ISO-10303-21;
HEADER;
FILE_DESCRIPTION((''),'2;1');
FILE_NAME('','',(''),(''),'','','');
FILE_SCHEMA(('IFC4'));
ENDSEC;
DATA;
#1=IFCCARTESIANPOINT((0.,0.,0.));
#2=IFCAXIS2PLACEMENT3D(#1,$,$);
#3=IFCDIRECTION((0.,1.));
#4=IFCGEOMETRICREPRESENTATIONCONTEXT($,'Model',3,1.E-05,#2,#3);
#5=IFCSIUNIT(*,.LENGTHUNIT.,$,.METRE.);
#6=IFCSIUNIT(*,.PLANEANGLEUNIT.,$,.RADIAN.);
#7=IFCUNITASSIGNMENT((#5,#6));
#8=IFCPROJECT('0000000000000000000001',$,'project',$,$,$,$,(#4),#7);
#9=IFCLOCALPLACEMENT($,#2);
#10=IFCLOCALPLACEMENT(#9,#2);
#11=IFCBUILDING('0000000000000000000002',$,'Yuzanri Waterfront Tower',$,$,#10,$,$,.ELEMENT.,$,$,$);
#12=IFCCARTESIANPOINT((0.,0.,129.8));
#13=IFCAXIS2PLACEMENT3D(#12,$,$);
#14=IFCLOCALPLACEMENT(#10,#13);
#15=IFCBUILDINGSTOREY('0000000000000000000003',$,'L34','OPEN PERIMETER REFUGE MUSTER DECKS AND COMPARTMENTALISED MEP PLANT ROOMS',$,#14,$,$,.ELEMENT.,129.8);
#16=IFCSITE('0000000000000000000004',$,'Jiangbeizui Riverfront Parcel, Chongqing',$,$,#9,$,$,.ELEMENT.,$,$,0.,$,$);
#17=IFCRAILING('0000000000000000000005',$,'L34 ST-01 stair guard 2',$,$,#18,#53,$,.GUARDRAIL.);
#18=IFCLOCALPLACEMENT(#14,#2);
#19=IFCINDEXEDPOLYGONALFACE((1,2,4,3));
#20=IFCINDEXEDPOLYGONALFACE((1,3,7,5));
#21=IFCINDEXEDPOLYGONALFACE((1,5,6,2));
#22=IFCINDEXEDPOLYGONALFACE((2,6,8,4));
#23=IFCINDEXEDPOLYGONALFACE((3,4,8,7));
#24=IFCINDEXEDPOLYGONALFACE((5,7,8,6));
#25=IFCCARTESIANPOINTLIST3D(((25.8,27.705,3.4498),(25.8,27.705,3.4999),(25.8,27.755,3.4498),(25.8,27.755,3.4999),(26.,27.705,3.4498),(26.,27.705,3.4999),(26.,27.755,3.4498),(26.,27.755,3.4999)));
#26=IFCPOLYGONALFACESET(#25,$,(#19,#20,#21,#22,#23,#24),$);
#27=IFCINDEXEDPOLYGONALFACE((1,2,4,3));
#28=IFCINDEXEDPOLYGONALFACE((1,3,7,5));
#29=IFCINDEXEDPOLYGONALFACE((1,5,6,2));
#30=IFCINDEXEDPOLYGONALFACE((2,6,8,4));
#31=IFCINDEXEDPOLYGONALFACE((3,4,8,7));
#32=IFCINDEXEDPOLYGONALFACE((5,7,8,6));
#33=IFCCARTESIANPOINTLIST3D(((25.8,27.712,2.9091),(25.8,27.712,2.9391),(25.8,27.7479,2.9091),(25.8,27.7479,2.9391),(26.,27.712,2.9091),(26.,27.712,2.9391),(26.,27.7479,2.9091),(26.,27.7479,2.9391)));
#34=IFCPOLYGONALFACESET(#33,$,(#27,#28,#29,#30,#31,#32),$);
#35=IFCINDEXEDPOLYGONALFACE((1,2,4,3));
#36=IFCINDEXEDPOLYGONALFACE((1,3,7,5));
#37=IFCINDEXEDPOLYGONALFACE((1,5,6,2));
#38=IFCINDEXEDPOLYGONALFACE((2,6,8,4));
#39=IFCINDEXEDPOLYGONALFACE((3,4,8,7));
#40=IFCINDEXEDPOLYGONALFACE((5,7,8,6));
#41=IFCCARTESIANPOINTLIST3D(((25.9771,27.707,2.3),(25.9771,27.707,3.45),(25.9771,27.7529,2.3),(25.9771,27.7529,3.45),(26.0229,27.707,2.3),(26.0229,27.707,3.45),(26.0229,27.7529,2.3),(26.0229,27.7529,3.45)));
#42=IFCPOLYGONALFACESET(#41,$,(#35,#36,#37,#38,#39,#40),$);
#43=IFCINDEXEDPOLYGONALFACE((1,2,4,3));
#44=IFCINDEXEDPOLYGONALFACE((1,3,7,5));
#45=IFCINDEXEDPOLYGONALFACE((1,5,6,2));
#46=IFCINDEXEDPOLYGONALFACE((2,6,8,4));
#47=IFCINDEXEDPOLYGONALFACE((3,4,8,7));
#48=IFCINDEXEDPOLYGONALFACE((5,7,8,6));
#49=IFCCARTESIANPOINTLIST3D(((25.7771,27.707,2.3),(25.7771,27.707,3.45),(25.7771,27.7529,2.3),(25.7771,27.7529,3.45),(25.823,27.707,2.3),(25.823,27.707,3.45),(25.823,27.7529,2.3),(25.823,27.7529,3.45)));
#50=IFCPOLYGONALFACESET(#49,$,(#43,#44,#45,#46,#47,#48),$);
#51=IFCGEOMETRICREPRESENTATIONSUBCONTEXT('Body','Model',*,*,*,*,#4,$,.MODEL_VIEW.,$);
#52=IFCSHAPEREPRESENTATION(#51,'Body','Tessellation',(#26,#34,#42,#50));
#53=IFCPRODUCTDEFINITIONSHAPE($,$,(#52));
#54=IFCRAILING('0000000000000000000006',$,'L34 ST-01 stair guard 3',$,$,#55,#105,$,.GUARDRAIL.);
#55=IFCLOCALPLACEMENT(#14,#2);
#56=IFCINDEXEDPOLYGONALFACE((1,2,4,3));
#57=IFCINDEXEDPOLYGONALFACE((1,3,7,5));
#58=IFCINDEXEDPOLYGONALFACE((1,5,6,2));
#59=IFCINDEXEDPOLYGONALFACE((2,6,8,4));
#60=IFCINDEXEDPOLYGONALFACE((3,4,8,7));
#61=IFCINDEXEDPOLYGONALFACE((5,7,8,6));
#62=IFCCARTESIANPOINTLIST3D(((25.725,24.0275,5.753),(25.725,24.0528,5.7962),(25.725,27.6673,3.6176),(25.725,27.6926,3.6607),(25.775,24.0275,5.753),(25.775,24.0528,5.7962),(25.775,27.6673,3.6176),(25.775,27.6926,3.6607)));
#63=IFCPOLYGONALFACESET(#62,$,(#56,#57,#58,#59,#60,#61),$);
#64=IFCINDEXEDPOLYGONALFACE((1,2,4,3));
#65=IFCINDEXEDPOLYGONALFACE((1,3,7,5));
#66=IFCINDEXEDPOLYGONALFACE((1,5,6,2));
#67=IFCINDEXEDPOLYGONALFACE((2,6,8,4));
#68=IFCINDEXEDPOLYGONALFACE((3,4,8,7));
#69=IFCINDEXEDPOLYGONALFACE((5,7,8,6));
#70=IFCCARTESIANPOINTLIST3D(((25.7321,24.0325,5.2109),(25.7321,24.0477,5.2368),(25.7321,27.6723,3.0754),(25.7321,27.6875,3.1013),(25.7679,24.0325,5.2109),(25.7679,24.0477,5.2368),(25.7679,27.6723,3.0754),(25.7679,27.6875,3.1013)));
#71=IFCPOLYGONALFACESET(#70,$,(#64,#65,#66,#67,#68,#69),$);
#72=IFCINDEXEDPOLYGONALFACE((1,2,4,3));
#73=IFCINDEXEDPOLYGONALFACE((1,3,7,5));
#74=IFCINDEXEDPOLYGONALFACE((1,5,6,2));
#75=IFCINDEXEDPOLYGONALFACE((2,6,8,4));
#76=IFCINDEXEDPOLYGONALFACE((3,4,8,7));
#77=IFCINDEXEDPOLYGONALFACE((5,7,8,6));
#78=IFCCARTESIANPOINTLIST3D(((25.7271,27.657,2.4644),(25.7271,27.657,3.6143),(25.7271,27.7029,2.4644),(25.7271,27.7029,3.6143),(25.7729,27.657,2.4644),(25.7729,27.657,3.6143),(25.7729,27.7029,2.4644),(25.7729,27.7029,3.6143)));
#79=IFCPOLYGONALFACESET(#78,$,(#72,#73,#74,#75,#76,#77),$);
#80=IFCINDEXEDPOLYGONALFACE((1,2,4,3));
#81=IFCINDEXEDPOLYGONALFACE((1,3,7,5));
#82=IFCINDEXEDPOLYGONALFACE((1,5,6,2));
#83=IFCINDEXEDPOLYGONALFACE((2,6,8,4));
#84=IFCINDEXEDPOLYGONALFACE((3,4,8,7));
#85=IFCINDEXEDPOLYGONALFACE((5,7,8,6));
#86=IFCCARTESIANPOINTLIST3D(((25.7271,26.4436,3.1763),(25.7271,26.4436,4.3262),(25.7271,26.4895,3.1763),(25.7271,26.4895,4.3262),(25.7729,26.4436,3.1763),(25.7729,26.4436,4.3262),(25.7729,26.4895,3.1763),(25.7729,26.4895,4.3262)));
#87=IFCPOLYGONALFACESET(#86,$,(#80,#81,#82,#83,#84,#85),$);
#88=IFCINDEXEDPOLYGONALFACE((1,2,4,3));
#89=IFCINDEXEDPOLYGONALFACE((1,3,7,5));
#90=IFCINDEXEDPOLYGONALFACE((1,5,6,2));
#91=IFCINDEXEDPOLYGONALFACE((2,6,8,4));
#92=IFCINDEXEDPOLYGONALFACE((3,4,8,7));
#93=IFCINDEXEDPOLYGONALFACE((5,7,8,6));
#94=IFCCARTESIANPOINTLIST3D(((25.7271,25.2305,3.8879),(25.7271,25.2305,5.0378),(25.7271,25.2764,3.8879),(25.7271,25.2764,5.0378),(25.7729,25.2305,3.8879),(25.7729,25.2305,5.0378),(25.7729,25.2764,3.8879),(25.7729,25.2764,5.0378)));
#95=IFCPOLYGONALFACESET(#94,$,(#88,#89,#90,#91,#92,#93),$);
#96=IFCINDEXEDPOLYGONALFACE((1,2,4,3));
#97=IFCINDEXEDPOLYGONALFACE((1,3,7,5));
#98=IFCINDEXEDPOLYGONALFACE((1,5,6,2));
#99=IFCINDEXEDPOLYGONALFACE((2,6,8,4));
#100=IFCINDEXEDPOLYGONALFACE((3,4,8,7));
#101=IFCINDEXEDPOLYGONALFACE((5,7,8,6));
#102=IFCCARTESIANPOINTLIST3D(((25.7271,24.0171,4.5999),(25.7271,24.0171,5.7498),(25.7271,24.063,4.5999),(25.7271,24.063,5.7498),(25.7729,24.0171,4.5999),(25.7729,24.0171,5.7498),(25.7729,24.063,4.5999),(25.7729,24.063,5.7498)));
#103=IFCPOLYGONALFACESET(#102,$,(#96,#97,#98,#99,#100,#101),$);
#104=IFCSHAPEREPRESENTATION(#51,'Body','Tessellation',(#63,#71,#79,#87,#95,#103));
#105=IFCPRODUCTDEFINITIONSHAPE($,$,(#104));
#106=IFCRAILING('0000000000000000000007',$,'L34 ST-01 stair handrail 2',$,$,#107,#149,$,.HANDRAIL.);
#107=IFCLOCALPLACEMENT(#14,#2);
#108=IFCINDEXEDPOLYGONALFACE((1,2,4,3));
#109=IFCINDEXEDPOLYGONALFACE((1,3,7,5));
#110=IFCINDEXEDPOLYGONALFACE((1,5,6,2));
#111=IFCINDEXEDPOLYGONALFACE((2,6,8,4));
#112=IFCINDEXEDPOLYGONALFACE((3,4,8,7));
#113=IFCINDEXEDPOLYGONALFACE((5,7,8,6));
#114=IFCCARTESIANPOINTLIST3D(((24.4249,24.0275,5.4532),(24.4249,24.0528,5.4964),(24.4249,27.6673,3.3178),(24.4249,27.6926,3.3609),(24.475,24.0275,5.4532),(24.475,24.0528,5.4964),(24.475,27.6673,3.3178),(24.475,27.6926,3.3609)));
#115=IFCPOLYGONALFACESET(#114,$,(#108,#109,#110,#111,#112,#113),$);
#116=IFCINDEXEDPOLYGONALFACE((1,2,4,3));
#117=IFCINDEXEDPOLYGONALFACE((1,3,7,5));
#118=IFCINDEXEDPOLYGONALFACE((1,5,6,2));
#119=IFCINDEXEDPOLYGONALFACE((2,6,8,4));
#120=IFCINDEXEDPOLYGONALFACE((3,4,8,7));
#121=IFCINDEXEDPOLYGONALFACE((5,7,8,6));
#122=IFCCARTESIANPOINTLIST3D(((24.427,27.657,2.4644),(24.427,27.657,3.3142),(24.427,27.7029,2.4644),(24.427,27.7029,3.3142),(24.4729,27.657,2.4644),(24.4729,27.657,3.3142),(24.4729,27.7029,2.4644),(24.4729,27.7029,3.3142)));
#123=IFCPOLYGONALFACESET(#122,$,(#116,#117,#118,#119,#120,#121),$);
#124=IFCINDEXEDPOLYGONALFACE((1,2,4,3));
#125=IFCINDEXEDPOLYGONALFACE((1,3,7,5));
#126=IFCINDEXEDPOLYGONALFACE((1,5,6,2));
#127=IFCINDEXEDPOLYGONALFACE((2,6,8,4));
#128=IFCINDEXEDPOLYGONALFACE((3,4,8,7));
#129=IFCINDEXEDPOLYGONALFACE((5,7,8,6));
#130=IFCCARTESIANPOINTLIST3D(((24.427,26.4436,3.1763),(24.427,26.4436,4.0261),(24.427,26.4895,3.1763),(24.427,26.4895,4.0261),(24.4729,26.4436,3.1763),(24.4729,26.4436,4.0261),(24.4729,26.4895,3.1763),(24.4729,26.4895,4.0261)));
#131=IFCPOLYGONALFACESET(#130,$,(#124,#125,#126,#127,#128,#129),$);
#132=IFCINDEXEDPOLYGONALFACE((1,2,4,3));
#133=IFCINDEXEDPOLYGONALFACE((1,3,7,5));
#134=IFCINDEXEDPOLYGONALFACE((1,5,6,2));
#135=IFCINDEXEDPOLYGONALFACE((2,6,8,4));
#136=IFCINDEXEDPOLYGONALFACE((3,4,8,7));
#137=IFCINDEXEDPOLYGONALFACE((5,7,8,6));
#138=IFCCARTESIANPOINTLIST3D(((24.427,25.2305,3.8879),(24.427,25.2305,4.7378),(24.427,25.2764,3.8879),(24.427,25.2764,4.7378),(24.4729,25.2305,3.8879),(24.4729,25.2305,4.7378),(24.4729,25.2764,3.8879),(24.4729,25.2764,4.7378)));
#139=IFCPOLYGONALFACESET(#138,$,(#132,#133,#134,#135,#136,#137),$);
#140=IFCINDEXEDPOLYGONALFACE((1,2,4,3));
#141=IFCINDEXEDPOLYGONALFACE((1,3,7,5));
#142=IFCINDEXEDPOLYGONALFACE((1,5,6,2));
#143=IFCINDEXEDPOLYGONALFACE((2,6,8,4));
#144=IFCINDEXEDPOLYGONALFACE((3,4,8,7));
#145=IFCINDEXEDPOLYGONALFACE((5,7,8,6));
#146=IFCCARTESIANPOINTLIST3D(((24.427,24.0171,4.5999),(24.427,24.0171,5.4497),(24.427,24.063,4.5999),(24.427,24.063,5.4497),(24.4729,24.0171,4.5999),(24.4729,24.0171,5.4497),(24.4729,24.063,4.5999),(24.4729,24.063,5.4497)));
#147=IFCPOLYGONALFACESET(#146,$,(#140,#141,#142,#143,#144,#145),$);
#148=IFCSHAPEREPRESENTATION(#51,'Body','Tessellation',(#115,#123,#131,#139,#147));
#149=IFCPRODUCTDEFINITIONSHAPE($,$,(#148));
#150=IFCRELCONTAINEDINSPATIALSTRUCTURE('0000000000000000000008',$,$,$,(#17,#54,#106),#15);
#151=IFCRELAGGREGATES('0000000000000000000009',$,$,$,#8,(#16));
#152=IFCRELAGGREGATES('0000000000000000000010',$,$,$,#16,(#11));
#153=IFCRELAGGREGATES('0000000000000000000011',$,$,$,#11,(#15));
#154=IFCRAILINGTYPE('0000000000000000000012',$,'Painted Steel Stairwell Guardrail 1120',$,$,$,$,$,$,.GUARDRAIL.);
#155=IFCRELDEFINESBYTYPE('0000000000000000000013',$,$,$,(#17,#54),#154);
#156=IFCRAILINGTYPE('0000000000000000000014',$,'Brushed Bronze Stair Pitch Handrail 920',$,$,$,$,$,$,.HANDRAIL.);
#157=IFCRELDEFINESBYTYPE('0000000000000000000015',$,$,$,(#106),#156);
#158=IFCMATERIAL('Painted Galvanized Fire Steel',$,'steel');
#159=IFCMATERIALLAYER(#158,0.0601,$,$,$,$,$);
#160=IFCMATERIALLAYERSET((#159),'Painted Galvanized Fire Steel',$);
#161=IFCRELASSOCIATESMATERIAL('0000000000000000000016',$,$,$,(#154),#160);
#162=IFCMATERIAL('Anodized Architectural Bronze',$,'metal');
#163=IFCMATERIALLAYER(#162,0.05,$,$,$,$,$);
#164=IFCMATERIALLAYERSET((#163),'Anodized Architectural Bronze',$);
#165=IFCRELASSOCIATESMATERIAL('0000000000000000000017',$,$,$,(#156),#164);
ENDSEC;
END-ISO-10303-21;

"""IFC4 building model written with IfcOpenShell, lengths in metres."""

from ifc_helpers import new_model, si_unit, direction, frame, origin, origin_2d, place, context, subcontext, project, spatial, rectangle, extrude, source, transform, mapped, material, layer, layer_set, type_object, element, save


model = new_model("IFC4")

# Units and contexts
model_context = context("Model", 3, precision=1e-05, world=origin(), true_north=direction((0.0, 1.0)))
body_context = subcontext(model_context, "Body", "Model", "MODEL_VIEW")
ifc_project = project(units=[si_unit("LENGTHUNIT", "METRE"), si_unit("PLANEANGLEUNIT", "RADIAN")], contexts=[model_context])

# Site, building, storey
site_placement = place(None, origin())
site = spatial("IfcSite", under=ifc_project, at=site_placement, Name="Jiangbeizui Riverfront Parcel, Chongqing", CompositionType="ELEMENT", RefElevation=0.0)
building_placement = place(site_placement, origin())
building = spatial("IfcBuilding", under=site, at=building_placement, Name="Yuzanri Waterfront Tower", CompositionType="ELEMENT")
storey_placement = place(building_placement, frame((0.0, 0.0, 129.8)))
storey = spatial("IfcBuildingStorey", under=building, at=storey_placement, Name="L34", Description="OPEN PERIMETER REFUGE MUSTER DECKS AND COMPARTMENTALISED MEP PLANT ROOMS", CompositionType="ELEMENT", Elevation=129.8)

# Railings
ifc_material_1 = material(Name="Painted Galvanized Fire Steel", Category="steel")
ifc_layer_1 = layer(ifc_material_1, 0.0601)
ifc_layer_set_1 = layer_set([ifc_layer_1], Name="Painted Galvanized Fire Steel")
railing_type_1 = type_object("IfcRailingType", Name="Painted Steel Stairwell Guardrail 1120", PredefinedType="GUARDRAIL", material=ifc_layer_set_1)
shared_shape_1 = source(origin(), body_context, "Body", "SweptSolid", [
    extrude(rectangle(XDim=0.05, YDim=0.05, at=origin_2d()), frame((0.0, 0.0, 1.1748), z_axis=(-1.0, 0.0, 0.0), x_axis=(0.0, -1.0, 0.0)), (0.0, 0.0, 1.0), 0.2),
    extrude(rectangle(XDim=0.0359, YDim=0.03, at=origin_2d()), frame((0.0, 0.0, 0.624), z_axis=(-1.0, 0.0, 0.0), x_axis=(0.0, -1.0, 0.0)), (0.0, 0.0, 1.0), 0.2),
    extrude(rectangle(XDim=0.0459, YDim=0.0459, at=origin_2d()), origin(), (0.0, 0.0, 1.0), 1.1499),
    extrude(rectangle(XDim=0.0459, YDim=0.0459, at=origin_2d()), frame((-0.2, 0.0, 0.0)), (0.0, 0.0, 1.0), 1.1499),
])
railing_1_placement = place(storey_placement, frame((26.0, 27.73, 2.3)))
element("IfcRailing", 1, at=railing_1_placement, inside=storey, type_object=railing_type_1, Name="L34 ST-01 stair guard 2", PredefinedType="GUARDRAIL", context=body_context, shape_type="MappedRepresentation", body=[
    mapped(shared_shape_1, transform((0.0, 0.0, 0.0), scale=1.0)),
])
shared_shape_2 = source(origin(), body_context, "Body", "SweptSolid", [
    extrude(rectangle(XDim=0.05, YDim=0.05, at=origin_2d()), frame((0.0, 0.0, 1.1748), z_axis=(0.0, -0.862515, 0.506031), x_axis=(1.0, 0.0, 0.0)), (0.0, 0.0, 1.0), 4.22),
    extrude(rectangle(XDim=0.0359, YDim=0.03, at=origin_2d()), frame((0.0, 0.0, 0.624), z_axis=(0.0, -0.862515, 0.506031), x_axis=(1.0, 0.0, 0.0)), (0.0, 0.0, 1.0), 4.22),
    extrude(rectangle(XDim=0.0459, YDim=0.0459, at=origin_2d()), origin(), (0.0, 0.0, 1.0), 1.1499),
    extrude(rectangle(XDim=0.0459, YDim=0.0459, at=origin_2d()), frame((0.0, -1.2134, 0.7119)), (0.0, 0.0, 1.0), 1.1499),
    extrude(rectangle(XDim=0.0459, YDim=0.0459, at=origin_2d()), frame((0.0, -2.4265, 1.4236)), (0.0, 0.0, 1.0), 1.1499),
    extrude(rectangle(XDim=0.0459, YDim=0.0459, at=origin_2d()), frame((0.0, -3.6399, 2.1355)), (0.0, 0.0, 1.0), 1.1499),
])
railing_2_placement = place(storey_placement, frame((25.75, 27.6799, 2.4644)))
element("IfcRailing", 2, at=railing_2_placement, inside=storey, type_object=railing_type_1, Name="L34 ST-01 stair guard 3", PredefinedType="GUARDRAIL", context=body_context, shape_type="MappedRepresentation", body=[
    mapped(shared_shape_2, transform((0.0, 0.0, 0.0), scale=1.0)),
])
ifc_material_2 = material(Name="Anodized Architectural Bronze", Category="metal")
ifc_layer_2 = layer(ifc_material_2, 0.05)
ifc_layer_set_2 = layer_set([ifc_layer_2], Name="Anodized Architectural Bronze")
railing_type_2 = type_object("IfcRailingType", Name="Brushed Bronze Stair Pitch Handrail 920", PredefinedType="HANDRAIL", material=ifc_layer_set_2)
shared_shape_3 = source(origin(), body_context, "Body", "SweptSolid", [
    extrude(rectangle(XDim=0.05, YDim=0.05, at=origin_2d()), frame((0.0, 0.0, 0.875), z_axis=(0.0, -0.862515, 0.506031), x_axis=(1.0, 0.0, 0.0)), (0.0, 0.0, 1.0), 4.22),
    extrude(rectangle(XDim=0.0459, YDim=0.0459, at=origin_2d()), origin(), (0.0, 0.0, 1.0), 0.8499),
    extrude(rectangle(XDim=0.0459, YDim=0.0459, at=origin_2d()), frame((0.0, -1.2134, 0.7119)), (0.0, 0.0, 1.0), 0.8499),
    extrude(rectangle(XDim=0.0459, YDim=0.0459, at=origin_2d()), frame((0.0, -2.4265, 1.4236)), (0.0, 0.0, 1.0), 0.8499),
    extrude(rectangle(XDim=0.0459, YDim=0.0459, at=origin_2d()), frame((0.0, -3.6399, 2.1355)), (0.0, 0.0, 1.0), 0.8499),
])
railing_3_placement = place(storey_placement, frame((24.45, 27.6799, 2.4644)))
element("IfcRailing", 3, at=railing_3_placement, inside=storey, type_object=railing_type_2, Name="L34 ST-01 stair handrail 2", PredefinedType="HANDRAIL", context=body_context, shape_type="MappedRepresentation", body=[
    mapped(shared_shape_3, transform((0.0, 0.0, 0.0), scale=1.0)),
])

save(model, "model.ifc")
